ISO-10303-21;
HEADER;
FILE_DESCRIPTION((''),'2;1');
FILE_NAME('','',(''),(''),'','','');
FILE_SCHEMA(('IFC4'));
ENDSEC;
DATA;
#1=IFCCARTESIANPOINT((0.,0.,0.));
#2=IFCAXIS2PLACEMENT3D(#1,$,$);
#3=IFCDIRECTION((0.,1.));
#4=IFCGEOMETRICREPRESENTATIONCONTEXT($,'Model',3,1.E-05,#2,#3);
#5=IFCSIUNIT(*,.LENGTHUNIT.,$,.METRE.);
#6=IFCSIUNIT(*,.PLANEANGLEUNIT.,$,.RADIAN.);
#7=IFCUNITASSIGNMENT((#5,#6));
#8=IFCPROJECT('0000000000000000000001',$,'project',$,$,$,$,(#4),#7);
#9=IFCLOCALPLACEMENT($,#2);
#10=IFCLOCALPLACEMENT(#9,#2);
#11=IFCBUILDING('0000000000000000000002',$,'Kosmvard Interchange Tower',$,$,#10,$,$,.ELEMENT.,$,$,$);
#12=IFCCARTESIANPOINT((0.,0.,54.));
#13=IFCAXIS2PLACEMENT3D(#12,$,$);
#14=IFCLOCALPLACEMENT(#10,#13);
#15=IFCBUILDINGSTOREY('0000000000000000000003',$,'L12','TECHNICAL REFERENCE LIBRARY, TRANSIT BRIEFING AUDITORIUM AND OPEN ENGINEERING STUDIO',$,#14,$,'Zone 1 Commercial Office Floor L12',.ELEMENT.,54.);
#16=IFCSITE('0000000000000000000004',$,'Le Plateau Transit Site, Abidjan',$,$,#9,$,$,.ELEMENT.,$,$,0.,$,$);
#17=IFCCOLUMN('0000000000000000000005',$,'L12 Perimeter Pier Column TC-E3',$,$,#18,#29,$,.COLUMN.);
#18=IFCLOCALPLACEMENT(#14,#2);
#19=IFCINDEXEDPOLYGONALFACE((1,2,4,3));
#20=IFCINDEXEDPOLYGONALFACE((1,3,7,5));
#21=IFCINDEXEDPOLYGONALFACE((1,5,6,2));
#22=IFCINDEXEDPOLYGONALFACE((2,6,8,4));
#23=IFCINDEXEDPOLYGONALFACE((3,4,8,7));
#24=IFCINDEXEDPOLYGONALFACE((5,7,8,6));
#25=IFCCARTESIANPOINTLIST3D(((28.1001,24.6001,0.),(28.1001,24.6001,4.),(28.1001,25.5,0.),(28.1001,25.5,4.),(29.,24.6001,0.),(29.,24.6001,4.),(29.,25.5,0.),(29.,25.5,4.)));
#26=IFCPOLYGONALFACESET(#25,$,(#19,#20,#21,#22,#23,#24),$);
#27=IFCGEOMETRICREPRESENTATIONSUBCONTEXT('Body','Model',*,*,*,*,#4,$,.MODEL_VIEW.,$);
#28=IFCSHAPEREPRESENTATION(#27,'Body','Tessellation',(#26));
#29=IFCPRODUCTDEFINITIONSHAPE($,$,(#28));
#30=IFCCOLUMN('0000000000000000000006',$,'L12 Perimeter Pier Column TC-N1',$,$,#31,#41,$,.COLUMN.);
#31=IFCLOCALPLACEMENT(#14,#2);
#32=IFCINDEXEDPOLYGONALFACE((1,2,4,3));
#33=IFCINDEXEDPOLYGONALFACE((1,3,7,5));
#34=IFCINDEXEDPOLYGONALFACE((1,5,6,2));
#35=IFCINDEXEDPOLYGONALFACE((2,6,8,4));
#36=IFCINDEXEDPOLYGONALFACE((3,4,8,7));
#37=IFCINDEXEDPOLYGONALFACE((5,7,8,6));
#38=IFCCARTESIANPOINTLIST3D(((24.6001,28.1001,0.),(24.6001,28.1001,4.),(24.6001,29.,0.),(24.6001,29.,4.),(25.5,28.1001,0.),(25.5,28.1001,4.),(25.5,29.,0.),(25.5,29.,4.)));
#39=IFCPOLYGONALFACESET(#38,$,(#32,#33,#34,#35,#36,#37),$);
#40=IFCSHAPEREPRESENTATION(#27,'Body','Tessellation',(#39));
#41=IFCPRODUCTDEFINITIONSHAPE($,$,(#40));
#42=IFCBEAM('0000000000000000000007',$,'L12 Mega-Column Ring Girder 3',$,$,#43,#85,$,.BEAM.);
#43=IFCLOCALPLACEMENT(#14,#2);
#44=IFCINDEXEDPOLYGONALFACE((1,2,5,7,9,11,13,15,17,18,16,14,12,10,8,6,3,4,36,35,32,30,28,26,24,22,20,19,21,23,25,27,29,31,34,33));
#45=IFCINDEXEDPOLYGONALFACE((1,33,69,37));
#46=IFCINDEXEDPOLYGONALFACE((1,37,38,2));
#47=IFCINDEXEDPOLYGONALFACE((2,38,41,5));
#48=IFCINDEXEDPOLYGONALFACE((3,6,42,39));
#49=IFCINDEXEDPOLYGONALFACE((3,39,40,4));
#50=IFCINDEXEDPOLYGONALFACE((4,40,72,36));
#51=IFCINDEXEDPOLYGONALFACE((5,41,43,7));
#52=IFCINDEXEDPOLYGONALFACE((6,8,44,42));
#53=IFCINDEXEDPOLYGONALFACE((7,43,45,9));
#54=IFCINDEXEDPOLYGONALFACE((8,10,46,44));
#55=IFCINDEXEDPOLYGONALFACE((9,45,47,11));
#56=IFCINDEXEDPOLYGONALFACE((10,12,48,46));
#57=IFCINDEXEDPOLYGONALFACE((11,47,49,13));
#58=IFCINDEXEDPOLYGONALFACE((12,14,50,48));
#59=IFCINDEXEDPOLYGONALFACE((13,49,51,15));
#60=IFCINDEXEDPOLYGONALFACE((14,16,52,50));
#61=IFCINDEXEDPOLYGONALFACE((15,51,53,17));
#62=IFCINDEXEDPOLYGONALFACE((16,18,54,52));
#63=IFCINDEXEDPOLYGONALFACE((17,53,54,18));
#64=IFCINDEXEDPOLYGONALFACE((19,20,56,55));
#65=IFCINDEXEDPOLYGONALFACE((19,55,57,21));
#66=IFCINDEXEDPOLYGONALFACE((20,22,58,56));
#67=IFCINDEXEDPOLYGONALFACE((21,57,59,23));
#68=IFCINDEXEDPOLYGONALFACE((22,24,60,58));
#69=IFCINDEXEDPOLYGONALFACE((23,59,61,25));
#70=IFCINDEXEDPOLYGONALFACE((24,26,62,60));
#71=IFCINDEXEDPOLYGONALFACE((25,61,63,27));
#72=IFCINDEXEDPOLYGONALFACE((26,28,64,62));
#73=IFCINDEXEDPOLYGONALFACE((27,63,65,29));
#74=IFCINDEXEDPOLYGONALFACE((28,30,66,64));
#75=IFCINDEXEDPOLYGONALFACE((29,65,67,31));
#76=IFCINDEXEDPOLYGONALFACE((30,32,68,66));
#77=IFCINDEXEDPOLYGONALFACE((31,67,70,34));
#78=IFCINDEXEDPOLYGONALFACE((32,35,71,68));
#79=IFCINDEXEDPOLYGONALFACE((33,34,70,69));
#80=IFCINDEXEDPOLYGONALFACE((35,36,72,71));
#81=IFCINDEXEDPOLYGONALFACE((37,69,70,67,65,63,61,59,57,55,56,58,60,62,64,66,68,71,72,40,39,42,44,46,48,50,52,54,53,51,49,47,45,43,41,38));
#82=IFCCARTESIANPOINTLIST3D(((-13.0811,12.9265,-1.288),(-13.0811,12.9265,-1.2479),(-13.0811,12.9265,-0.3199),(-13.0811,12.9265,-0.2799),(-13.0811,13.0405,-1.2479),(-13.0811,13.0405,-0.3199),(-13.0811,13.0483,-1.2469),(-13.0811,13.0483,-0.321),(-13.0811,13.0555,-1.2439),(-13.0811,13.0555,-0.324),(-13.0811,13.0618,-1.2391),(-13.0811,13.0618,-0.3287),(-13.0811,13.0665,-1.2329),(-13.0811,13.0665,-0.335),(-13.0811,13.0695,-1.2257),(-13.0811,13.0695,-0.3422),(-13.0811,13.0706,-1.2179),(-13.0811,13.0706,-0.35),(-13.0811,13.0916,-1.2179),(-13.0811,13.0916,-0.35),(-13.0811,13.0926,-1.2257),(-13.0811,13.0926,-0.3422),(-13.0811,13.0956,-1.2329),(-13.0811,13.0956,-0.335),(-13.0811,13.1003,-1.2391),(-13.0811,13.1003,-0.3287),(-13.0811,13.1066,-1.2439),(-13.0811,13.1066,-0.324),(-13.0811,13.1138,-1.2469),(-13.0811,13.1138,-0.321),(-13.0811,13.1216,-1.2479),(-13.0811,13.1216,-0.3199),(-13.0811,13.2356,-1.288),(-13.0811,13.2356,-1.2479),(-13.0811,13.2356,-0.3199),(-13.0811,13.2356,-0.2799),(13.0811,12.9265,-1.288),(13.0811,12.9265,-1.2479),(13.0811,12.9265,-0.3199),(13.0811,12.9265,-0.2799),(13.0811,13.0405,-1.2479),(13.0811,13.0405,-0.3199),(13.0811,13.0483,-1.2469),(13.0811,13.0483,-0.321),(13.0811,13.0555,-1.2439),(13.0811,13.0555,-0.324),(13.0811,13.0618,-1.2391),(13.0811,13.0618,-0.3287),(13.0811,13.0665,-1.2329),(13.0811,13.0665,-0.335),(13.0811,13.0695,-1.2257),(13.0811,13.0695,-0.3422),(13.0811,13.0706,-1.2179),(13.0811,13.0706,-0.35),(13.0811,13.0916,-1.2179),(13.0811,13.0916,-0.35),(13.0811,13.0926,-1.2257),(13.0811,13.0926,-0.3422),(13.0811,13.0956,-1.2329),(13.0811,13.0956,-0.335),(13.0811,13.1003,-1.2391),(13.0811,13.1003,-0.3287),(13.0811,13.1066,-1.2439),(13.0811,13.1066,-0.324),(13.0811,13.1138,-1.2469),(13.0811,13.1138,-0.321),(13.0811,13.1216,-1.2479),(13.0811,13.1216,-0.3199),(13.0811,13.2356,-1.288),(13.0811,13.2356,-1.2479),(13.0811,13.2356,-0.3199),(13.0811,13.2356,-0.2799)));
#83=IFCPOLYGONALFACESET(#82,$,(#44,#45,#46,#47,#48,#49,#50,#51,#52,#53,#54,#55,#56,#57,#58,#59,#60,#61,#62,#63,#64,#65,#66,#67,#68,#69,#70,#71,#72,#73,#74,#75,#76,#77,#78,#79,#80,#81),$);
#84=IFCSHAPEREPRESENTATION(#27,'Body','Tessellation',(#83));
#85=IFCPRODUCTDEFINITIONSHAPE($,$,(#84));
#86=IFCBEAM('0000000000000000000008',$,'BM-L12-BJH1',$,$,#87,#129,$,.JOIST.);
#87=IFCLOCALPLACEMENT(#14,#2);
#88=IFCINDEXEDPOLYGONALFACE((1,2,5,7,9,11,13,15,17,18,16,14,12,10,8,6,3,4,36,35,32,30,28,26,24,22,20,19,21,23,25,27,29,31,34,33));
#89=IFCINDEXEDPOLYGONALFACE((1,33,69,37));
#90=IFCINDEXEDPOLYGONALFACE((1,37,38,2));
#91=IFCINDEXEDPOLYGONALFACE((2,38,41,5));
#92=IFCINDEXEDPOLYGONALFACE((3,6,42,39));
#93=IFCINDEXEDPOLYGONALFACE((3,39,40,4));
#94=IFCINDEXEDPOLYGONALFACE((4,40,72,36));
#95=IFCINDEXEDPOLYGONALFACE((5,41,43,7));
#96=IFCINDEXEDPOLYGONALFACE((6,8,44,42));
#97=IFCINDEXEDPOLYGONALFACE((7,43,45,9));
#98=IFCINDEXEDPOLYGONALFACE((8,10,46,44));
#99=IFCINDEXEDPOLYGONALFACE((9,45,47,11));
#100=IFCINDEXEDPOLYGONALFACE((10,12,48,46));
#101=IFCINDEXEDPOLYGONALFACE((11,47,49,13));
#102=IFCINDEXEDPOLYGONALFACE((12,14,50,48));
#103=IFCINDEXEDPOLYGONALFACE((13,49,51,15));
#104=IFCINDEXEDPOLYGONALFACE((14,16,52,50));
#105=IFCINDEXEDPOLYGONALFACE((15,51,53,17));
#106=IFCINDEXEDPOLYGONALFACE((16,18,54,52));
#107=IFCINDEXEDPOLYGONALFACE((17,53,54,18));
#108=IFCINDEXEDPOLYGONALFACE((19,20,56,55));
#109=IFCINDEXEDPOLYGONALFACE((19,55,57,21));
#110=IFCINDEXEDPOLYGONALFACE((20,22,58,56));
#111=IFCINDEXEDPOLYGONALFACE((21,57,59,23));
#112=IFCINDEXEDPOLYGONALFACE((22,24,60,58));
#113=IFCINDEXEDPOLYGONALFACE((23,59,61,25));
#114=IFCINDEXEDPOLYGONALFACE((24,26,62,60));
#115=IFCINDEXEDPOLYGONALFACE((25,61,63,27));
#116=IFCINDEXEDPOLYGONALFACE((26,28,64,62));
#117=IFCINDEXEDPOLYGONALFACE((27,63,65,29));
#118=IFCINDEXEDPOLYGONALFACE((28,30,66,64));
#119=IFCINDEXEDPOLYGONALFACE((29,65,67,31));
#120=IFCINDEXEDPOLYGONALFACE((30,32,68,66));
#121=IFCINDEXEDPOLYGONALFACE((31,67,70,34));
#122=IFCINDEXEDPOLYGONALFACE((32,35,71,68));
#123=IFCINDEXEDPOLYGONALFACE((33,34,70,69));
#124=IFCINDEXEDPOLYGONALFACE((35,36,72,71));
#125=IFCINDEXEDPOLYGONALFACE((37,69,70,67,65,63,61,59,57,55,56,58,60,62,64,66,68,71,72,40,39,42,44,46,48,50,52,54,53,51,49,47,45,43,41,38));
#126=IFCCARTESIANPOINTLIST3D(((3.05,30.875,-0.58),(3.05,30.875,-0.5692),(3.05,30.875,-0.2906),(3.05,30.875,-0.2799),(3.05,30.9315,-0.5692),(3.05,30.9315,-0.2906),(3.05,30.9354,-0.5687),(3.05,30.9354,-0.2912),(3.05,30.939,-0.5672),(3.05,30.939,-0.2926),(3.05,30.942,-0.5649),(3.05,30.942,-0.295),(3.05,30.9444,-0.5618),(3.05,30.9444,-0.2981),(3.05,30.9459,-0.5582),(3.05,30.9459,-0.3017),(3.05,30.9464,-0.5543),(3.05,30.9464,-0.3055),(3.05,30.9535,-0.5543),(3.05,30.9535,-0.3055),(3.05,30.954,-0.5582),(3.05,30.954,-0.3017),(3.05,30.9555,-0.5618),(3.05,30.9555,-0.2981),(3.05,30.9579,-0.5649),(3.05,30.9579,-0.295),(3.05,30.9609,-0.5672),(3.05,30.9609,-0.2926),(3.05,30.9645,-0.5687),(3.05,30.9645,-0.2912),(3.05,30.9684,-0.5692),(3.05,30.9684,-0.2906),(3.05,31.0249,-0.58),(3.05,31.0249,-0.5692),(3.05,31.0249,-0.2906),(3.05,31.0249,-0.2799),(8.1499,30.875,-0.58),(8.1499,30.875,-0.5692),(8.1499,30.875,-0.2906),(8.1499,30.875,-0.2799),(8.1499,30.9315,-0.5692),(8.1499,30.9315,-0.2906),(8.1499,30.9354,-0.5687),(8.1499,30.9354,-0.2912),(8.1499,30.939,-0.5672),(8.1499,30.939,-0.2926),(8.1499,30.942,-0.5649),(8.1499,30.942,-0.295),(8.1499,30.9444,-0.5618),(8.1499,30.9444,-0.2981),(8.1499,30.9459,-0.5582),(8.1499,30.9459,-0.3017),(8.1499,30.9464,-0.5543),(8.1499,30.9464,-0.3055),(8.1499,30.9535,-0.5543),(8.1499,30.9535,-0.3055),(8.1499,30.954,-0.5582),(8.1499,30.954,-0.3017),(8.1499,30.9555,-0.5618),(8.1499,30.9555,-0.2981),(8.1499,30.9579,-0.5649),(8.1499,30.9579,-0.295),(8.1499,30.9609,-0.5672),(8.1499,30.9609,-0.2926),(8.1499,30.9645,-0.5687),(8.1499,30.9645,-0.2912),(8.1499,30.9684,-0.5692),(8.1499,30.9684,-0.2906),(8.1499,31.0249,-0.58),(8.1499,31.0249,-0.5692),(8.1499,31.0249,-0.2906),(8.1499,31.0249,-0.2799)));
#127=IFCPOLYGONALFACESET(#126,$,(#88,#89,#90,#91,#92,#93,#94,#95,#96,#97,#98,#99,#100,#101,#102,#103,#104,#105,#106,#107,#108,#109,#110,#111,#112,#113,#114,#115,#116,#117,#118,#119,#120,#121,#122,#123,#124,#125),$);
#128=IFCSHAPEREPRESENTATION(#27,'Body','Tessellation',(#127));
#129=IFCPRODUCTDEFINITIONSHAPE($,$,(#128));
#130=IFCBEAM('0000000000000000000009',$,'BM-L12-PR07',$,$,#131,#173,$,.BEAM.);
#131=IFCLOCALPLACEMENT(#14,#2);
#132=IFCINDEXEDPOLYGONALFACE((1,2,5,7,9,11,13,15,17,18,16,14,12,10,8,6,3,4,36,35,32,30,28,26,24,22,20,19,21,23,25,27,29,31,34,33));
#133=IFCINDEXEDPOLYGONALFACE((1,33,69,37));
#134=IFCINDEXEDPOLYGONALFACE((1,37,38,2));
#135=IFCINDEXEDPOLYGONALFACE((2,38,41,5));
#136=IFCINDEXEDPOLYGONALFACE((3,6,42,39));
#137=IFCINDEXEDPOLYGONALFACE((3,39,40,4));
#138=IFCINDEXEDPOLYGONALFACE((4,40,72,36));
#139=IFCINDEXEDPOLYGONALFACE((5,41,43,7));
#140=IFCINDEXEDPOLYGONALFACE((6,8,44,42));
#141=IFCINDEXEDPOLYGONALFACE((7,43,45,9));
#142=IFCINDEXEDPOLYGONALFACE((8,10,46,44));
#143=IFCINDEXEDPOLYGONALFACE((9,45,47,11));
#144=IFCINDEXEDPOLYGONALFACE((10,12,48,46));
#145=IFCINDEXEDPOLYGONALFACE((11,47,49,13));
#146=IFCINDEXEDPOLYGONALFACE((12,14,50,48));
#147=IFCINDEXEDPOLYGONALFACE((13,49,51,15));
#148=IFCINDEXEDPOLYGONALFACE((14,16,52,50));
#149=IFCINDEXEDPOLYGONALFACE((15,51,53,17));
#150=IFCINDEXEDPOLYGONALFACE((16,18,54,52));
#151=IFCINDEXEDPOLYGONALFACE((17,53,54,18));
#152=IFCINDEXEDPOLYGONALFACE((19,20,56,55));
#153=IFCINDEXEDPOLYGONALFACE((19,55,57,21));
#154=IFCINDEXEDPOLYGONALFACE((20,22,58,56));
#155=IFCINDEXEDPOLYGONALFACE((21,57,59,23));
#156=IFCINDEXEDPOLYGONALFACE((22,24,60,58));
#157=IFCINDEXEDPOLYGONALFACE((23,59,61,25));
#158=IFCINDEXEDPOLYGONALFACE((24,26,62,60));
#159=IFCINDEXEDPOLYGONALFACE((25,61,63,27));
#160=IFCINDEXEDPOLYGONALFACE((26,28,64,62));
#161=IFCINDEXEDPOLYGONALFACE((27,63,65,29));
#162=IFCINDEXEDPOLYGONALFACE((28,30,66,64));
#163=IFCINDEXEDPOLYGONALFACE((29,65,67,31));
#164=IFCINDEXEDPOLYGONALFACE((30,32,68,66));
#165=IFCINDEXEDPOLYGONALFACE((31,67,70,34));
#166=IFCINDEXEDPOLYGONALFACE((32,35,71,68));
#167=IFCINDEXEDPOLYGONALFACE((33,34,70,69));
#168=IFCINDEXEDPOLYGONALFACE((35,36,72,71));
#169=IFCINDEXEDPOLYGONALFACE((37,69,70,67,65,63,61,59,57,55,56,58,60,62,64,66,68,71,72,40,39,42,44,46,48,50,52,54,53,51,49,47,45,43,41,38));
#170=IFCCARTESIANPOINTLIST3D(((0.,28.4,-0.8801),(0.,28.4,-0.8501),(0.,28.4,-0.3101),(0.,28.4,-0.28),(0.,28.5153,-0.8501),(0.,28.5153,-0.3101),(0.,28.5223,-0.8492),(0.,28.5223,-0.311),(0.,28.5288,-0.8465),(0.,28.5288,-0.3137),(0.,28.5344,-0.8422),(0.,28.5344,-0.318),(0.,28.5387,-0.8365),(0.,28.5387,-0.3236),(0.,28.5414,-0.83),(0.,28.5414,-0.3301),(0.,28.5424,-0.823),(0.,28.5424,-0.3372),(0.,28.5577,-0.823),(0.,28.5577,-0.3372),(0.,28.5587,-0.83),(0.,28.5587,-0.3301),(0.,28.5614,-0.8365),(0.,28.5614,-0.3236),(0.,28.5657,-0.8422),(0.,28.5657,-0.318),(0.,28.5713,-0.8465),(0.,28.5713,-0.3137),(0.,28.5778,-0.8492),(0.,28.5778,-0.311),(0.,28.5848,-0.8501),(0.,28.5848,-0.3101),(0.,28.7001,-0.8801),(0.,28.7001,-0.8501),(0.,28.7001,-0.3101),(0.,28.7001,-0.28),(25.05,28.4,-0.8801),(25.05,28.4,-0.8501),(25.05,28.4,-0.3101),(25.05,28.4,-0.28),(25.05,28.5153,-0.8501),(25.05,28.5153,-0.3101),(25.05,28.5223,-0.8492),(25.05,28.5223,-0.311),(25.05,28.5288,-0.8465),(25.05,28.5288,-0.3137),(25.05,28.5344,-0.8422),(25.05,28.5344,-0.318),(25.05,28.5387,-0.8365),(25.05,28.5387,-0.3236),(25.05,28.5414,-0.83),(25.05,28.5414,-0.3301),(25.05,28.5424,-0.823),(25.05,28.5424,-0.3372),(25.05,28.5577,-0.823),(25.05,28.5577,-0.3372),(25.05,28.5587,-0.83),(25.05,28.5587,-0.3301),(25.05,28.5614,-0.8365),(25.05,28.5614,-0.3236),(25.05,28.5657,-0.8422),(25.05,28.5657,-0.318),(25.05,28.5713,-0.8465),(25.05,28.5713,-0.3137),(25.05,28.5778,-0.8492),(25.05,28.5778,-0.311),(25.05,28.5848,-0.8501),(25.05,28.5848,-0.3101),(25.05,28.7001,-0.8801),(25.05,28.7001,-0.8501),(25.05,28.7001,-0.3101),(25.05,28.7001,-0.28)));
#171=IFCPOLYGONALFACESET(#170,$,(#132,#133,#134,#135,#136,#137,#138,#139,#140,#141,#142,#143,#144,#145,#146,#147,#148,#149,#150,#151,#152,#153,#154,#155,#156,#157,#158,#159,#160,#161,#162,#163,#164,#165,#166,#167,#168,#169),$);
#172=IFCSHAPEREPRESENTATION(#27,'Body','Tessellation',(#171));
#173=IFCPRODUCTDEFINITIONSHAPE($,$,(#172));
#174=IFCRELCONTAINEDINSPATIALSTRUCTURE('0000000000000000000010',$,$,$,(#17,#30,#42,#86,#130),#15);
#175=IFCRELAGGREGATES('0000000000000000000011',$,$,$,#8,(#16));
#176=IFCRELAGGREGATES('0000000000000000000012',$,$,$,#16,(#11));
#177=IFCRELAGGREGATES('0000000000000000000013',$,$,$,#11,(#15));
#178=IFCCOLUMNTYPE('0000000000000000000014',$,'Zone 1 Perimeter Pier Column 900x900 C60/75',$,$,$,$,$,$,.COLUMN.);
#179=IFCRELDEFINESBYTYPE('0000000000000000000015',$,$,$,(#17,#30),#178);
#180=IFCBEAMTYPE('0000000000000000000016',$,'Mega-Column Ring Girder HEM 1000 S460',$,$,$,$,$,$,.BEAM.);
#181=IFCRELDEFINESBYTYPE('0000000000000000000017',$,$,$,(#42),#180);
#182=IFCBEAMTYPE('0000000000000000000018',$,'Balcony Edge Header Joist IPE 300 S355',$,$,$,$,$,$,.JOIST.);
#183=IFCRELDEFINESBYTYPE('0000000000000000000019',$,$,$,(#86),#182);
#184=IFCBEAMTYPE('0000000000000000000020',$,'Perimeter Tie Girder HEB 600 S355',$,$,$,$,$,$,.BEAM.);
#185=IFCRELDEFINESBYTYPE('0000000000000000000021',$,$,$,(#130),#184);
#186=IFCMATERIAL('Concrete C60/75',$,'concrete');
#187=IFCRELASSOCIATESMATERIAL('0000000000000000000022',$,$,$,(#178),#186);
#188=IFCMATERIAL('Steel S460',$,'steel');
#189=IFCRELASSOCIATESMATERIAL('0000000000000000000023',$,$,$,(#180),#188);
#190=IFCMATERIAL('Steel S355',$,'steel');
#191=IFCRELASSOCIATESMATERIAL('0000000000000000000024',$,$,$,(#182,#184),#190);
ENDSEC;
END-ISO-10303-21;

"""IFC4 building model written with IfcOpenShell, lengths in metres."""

from ifc_helpers import new_model, si_unit, direction, frame, origin, origin_2d, place, context, subcontext, project, spatial, rectangle, i_section, extrude, source, transform, mapped, material, material_profile, profile_set, type_object, element, save


model = new_model("IFC4")

# Units and contexts
model_context = context("Model", 3, precision=1e-05, world=origin(), true_north=direction((0.0, 1.0)))
body_context = subcontext(model_context, "Body", "Model", "MODEL_VIEW")
ifc_project = project(units=[si_unit("LENGTHUNIT", "METRE"), si_unit("PLANEANGLEUNIT", "RADIAN")], contexts=[model_context])

# Site, building, storey
site_placement = place(None, origin())
site = spatial("IfcSite", under=ifc_project, at=site_placement, Name="Le Plateau Transit Site, Abidjan", CompositionType="ELEMENT", RefElevation=0.0)
building_placement = place(site_placement, origin())
building = spatial("IfcBuilding", under=site, at=building_placement, Name="Kosmvard Interchange Tower", CompositionType="ELEMENT")
storey_placement = place(building_placement, frame((0.0, 0.0, 54.0)))
storey = spatial("IfcBuildingStorey", under=building, at=storey_placement, Name="L12", Description="TECHNICAL REFERENCE LIBRARY, TRANSIT BRIEFING AUDITORIUM AND OPEN ENGINEERING STUDIO", LongName="Zone 1 Commercial Office Floor L12", CompositionType="ELEMENT", Elevation=54.0)

# Columns
ifc_material_1 = material(Name="Concrete C60/75", Category="concrete")
ifc_material_profile_1 = material_profile(ifc_material_1, rectangle(XDim=0.8999, YDim=0.8999, at=origin_2d()), Name="TC 900x900")
ifc_profile_set_1 = profile_set([ifc_material_profile_1], Name="Concrete C60/75")
column_type = type_object("IfcColumnType", Name="Zone 1 Perimeter Pier Column 900x900 C60/75", PredefinedType="COLUMN", material=ifc_profile_set_1)
shared_shape_1 = source(origin(), body_context, "Body", "SweptSolid", [
    extrude(rectangle(XDim=0.8999, YDim=0.8999, at=origin_2d()), origin(), (0.0, 0.0, 1.0), 4.0),
])
for number, where, z_axis, x_axis, name in (
    (1, (28.55, 25.05, 0.0), (0.0, 0.0, 1.0), (1.0, 0.0, 0.0), "L12 Perimeter Pier Column TC-E3"),
    (2, (25.05, 28.55, 0.0), (0.0, 0.0, 1.0), (1.0, 0.0, 0.0), "L12 Perimeter Pier Column TC-N1"),
):
    element("IfcColumn", number, at=place(storey_placement, frame(where, z_axis=z_axis, x_axis=x_axis)), inside=storey, type_object=column_type, Name=name, PredefinedType="COLUMN", context=body_context, shape_type="MappedRepresentation", body=[
        mapped(shared_shape_1, transform((0.0, 0.0, 0.0), scale=1.0)),
    ])

# Beams
ifc_material_2 = material(Name="Steel S460", Category="steel")
ifc_material_profile_2 = material_profile(ifc_material_2, i_section(OverallWidth=0.3091, OverallDepth=1.0081, WebThickness=0.021, FlangeThickness=0.04, FilletRadius=0.03, at=origin_2d()), Name="HEM 1000")
ifc_profile_set_2 = profile_set([ifc_material_profile_2], Name="Steel S460")
beam_type_1 = type_object("IfcBeamType", Name="Mega-Column Ring Girder HEM 1000 S460", PredefinedType="BEAM", material=ifc_profile_set_2)
shared_shape_2 = source(origin(), body_context, "Body", "SweptSolid", [
    extrude(i_section(OverallWidth=0.3091, OverallDepth=1.0081, WebThickness=0.021, FlangeThickness=0.04, FilletRadius=0.03, at=origin_2d()), origin(), (0.0, 0.0, 1.0), 26.1621),
])
beam_1_placement = place(storey_placement, frame((13.0811, 13.0811, -0.7839), z_axis=(-1.0, 0.0, 0.0), x_axis=(0.0, -1.0, 0.0)))
element("IfcBeam", 3, at=beam_1_placement, inside=storey, type_object=beam_type_1, Name="L12 Mega-Column Ring Girder 3", PredefinedType="BEAM", context=body_context, shape_type="MappedRepresentation", body=[
    mapped(shared_shape_2, transform((0.0, 0.0, 0.0), scale=1.0)),
])
ifc_material_3 = material(Name="Steel S355", Category="steel")
ifc_material_profile_3 = material_profile(ifc_material_3, i_section(OverallWidth=0.1499, OverallDepth=0.3, WebThickness=0.0071, FlangeThickness=0.0107, FilletRadius=0.0149, at=origin_2d()), Name="IPE 300")
ifc_profile_set_3 = profile_set([ifc_material_profile_3], Name="Steel S355")
beam_type_2 = type_object("IfcBeamType", Name="Balcony Edge Header Joist IPE 300 S355", PredefinedType="JOIST", material=ifc_profile_set_3)
shared_shape_3 = source(origin(), body_context, "Body", "SweptSolid", [
    extrude(i_section(OverallWidth=0.1499, OverallDepth=0.3, WebThickness=0.0071, FlangeThickness=0.0107, FilletRadius=0.0149, at=origin_2d()), origin(), (0.0, 0.0, 1.0), 5.0999),
])
beam_2_placement = place(storey_placement, frame((8.1499, 30.95, -0.4299), z_axis=(-1.0, 0.0, 0.0), x_axis=(0.0, -1.0, 0.0)))
element("IfcBeam", 4, at=beam_2_placement, inside=storey, type_object=beam_type_2, Name="BM-L12-BJH1", PredefinedType="JOIST", context=body_context, shape_type="MappedRepresentation", body=[
    mapped(shared_shape_3, transform((0.0, 0.0, 0.0), scale=1.0)),
])
ifc_material_profile_4 = material_profile(ifc_material_3, i_section(OverallWidth=0.3, OverallDepth=0.6001, WebThickness=0.0154, FlangeThickness=0.03, FilletRadius=0.0271, at=origin_2d()), Name="HEB 600")
ifc_profile_set_4 = profile_set([ifc_material_profile_4], Name="Steel S355")
beam_type_3 = type_object("IfcBeamType", Name="Perimeter Tie Girder HEB 600 S355", PredefinedType="BEAM", material=ifc_profile_set_4)
shared_shape_4 = source(origin(), body_context, "Body", "SweptSolid", [
    extrude(i_section(OverallWidth=0.3, OverallDepth=0.6001, WebThickness=0.0154, FlangeThickness=0.03, FilletRadius=0.0271, at=origin_2d()), origin(), (0.0, 0.0, 1.0), 25.05),
])
beam_3_placement = place(storey_placement, frame((25.05, 28.55, -0.5801), z_axis=(-1.0, 0.0, 0.0), x_axis=(0.0, -1.0, 0.0)))
element("IfcBeam", 5, at=beam_3_placement, inside=storey, type_object=beam_type_3, Name="BM-L12-PR07", PredefinedType="BEAM", context=body_context, shape_type="MappedRepresentation", body=[
    mapped(shared_shape_4, transform((0.0, 0.0, 0.0), scale=1.0)),
])

save(model, "model.ifc")
